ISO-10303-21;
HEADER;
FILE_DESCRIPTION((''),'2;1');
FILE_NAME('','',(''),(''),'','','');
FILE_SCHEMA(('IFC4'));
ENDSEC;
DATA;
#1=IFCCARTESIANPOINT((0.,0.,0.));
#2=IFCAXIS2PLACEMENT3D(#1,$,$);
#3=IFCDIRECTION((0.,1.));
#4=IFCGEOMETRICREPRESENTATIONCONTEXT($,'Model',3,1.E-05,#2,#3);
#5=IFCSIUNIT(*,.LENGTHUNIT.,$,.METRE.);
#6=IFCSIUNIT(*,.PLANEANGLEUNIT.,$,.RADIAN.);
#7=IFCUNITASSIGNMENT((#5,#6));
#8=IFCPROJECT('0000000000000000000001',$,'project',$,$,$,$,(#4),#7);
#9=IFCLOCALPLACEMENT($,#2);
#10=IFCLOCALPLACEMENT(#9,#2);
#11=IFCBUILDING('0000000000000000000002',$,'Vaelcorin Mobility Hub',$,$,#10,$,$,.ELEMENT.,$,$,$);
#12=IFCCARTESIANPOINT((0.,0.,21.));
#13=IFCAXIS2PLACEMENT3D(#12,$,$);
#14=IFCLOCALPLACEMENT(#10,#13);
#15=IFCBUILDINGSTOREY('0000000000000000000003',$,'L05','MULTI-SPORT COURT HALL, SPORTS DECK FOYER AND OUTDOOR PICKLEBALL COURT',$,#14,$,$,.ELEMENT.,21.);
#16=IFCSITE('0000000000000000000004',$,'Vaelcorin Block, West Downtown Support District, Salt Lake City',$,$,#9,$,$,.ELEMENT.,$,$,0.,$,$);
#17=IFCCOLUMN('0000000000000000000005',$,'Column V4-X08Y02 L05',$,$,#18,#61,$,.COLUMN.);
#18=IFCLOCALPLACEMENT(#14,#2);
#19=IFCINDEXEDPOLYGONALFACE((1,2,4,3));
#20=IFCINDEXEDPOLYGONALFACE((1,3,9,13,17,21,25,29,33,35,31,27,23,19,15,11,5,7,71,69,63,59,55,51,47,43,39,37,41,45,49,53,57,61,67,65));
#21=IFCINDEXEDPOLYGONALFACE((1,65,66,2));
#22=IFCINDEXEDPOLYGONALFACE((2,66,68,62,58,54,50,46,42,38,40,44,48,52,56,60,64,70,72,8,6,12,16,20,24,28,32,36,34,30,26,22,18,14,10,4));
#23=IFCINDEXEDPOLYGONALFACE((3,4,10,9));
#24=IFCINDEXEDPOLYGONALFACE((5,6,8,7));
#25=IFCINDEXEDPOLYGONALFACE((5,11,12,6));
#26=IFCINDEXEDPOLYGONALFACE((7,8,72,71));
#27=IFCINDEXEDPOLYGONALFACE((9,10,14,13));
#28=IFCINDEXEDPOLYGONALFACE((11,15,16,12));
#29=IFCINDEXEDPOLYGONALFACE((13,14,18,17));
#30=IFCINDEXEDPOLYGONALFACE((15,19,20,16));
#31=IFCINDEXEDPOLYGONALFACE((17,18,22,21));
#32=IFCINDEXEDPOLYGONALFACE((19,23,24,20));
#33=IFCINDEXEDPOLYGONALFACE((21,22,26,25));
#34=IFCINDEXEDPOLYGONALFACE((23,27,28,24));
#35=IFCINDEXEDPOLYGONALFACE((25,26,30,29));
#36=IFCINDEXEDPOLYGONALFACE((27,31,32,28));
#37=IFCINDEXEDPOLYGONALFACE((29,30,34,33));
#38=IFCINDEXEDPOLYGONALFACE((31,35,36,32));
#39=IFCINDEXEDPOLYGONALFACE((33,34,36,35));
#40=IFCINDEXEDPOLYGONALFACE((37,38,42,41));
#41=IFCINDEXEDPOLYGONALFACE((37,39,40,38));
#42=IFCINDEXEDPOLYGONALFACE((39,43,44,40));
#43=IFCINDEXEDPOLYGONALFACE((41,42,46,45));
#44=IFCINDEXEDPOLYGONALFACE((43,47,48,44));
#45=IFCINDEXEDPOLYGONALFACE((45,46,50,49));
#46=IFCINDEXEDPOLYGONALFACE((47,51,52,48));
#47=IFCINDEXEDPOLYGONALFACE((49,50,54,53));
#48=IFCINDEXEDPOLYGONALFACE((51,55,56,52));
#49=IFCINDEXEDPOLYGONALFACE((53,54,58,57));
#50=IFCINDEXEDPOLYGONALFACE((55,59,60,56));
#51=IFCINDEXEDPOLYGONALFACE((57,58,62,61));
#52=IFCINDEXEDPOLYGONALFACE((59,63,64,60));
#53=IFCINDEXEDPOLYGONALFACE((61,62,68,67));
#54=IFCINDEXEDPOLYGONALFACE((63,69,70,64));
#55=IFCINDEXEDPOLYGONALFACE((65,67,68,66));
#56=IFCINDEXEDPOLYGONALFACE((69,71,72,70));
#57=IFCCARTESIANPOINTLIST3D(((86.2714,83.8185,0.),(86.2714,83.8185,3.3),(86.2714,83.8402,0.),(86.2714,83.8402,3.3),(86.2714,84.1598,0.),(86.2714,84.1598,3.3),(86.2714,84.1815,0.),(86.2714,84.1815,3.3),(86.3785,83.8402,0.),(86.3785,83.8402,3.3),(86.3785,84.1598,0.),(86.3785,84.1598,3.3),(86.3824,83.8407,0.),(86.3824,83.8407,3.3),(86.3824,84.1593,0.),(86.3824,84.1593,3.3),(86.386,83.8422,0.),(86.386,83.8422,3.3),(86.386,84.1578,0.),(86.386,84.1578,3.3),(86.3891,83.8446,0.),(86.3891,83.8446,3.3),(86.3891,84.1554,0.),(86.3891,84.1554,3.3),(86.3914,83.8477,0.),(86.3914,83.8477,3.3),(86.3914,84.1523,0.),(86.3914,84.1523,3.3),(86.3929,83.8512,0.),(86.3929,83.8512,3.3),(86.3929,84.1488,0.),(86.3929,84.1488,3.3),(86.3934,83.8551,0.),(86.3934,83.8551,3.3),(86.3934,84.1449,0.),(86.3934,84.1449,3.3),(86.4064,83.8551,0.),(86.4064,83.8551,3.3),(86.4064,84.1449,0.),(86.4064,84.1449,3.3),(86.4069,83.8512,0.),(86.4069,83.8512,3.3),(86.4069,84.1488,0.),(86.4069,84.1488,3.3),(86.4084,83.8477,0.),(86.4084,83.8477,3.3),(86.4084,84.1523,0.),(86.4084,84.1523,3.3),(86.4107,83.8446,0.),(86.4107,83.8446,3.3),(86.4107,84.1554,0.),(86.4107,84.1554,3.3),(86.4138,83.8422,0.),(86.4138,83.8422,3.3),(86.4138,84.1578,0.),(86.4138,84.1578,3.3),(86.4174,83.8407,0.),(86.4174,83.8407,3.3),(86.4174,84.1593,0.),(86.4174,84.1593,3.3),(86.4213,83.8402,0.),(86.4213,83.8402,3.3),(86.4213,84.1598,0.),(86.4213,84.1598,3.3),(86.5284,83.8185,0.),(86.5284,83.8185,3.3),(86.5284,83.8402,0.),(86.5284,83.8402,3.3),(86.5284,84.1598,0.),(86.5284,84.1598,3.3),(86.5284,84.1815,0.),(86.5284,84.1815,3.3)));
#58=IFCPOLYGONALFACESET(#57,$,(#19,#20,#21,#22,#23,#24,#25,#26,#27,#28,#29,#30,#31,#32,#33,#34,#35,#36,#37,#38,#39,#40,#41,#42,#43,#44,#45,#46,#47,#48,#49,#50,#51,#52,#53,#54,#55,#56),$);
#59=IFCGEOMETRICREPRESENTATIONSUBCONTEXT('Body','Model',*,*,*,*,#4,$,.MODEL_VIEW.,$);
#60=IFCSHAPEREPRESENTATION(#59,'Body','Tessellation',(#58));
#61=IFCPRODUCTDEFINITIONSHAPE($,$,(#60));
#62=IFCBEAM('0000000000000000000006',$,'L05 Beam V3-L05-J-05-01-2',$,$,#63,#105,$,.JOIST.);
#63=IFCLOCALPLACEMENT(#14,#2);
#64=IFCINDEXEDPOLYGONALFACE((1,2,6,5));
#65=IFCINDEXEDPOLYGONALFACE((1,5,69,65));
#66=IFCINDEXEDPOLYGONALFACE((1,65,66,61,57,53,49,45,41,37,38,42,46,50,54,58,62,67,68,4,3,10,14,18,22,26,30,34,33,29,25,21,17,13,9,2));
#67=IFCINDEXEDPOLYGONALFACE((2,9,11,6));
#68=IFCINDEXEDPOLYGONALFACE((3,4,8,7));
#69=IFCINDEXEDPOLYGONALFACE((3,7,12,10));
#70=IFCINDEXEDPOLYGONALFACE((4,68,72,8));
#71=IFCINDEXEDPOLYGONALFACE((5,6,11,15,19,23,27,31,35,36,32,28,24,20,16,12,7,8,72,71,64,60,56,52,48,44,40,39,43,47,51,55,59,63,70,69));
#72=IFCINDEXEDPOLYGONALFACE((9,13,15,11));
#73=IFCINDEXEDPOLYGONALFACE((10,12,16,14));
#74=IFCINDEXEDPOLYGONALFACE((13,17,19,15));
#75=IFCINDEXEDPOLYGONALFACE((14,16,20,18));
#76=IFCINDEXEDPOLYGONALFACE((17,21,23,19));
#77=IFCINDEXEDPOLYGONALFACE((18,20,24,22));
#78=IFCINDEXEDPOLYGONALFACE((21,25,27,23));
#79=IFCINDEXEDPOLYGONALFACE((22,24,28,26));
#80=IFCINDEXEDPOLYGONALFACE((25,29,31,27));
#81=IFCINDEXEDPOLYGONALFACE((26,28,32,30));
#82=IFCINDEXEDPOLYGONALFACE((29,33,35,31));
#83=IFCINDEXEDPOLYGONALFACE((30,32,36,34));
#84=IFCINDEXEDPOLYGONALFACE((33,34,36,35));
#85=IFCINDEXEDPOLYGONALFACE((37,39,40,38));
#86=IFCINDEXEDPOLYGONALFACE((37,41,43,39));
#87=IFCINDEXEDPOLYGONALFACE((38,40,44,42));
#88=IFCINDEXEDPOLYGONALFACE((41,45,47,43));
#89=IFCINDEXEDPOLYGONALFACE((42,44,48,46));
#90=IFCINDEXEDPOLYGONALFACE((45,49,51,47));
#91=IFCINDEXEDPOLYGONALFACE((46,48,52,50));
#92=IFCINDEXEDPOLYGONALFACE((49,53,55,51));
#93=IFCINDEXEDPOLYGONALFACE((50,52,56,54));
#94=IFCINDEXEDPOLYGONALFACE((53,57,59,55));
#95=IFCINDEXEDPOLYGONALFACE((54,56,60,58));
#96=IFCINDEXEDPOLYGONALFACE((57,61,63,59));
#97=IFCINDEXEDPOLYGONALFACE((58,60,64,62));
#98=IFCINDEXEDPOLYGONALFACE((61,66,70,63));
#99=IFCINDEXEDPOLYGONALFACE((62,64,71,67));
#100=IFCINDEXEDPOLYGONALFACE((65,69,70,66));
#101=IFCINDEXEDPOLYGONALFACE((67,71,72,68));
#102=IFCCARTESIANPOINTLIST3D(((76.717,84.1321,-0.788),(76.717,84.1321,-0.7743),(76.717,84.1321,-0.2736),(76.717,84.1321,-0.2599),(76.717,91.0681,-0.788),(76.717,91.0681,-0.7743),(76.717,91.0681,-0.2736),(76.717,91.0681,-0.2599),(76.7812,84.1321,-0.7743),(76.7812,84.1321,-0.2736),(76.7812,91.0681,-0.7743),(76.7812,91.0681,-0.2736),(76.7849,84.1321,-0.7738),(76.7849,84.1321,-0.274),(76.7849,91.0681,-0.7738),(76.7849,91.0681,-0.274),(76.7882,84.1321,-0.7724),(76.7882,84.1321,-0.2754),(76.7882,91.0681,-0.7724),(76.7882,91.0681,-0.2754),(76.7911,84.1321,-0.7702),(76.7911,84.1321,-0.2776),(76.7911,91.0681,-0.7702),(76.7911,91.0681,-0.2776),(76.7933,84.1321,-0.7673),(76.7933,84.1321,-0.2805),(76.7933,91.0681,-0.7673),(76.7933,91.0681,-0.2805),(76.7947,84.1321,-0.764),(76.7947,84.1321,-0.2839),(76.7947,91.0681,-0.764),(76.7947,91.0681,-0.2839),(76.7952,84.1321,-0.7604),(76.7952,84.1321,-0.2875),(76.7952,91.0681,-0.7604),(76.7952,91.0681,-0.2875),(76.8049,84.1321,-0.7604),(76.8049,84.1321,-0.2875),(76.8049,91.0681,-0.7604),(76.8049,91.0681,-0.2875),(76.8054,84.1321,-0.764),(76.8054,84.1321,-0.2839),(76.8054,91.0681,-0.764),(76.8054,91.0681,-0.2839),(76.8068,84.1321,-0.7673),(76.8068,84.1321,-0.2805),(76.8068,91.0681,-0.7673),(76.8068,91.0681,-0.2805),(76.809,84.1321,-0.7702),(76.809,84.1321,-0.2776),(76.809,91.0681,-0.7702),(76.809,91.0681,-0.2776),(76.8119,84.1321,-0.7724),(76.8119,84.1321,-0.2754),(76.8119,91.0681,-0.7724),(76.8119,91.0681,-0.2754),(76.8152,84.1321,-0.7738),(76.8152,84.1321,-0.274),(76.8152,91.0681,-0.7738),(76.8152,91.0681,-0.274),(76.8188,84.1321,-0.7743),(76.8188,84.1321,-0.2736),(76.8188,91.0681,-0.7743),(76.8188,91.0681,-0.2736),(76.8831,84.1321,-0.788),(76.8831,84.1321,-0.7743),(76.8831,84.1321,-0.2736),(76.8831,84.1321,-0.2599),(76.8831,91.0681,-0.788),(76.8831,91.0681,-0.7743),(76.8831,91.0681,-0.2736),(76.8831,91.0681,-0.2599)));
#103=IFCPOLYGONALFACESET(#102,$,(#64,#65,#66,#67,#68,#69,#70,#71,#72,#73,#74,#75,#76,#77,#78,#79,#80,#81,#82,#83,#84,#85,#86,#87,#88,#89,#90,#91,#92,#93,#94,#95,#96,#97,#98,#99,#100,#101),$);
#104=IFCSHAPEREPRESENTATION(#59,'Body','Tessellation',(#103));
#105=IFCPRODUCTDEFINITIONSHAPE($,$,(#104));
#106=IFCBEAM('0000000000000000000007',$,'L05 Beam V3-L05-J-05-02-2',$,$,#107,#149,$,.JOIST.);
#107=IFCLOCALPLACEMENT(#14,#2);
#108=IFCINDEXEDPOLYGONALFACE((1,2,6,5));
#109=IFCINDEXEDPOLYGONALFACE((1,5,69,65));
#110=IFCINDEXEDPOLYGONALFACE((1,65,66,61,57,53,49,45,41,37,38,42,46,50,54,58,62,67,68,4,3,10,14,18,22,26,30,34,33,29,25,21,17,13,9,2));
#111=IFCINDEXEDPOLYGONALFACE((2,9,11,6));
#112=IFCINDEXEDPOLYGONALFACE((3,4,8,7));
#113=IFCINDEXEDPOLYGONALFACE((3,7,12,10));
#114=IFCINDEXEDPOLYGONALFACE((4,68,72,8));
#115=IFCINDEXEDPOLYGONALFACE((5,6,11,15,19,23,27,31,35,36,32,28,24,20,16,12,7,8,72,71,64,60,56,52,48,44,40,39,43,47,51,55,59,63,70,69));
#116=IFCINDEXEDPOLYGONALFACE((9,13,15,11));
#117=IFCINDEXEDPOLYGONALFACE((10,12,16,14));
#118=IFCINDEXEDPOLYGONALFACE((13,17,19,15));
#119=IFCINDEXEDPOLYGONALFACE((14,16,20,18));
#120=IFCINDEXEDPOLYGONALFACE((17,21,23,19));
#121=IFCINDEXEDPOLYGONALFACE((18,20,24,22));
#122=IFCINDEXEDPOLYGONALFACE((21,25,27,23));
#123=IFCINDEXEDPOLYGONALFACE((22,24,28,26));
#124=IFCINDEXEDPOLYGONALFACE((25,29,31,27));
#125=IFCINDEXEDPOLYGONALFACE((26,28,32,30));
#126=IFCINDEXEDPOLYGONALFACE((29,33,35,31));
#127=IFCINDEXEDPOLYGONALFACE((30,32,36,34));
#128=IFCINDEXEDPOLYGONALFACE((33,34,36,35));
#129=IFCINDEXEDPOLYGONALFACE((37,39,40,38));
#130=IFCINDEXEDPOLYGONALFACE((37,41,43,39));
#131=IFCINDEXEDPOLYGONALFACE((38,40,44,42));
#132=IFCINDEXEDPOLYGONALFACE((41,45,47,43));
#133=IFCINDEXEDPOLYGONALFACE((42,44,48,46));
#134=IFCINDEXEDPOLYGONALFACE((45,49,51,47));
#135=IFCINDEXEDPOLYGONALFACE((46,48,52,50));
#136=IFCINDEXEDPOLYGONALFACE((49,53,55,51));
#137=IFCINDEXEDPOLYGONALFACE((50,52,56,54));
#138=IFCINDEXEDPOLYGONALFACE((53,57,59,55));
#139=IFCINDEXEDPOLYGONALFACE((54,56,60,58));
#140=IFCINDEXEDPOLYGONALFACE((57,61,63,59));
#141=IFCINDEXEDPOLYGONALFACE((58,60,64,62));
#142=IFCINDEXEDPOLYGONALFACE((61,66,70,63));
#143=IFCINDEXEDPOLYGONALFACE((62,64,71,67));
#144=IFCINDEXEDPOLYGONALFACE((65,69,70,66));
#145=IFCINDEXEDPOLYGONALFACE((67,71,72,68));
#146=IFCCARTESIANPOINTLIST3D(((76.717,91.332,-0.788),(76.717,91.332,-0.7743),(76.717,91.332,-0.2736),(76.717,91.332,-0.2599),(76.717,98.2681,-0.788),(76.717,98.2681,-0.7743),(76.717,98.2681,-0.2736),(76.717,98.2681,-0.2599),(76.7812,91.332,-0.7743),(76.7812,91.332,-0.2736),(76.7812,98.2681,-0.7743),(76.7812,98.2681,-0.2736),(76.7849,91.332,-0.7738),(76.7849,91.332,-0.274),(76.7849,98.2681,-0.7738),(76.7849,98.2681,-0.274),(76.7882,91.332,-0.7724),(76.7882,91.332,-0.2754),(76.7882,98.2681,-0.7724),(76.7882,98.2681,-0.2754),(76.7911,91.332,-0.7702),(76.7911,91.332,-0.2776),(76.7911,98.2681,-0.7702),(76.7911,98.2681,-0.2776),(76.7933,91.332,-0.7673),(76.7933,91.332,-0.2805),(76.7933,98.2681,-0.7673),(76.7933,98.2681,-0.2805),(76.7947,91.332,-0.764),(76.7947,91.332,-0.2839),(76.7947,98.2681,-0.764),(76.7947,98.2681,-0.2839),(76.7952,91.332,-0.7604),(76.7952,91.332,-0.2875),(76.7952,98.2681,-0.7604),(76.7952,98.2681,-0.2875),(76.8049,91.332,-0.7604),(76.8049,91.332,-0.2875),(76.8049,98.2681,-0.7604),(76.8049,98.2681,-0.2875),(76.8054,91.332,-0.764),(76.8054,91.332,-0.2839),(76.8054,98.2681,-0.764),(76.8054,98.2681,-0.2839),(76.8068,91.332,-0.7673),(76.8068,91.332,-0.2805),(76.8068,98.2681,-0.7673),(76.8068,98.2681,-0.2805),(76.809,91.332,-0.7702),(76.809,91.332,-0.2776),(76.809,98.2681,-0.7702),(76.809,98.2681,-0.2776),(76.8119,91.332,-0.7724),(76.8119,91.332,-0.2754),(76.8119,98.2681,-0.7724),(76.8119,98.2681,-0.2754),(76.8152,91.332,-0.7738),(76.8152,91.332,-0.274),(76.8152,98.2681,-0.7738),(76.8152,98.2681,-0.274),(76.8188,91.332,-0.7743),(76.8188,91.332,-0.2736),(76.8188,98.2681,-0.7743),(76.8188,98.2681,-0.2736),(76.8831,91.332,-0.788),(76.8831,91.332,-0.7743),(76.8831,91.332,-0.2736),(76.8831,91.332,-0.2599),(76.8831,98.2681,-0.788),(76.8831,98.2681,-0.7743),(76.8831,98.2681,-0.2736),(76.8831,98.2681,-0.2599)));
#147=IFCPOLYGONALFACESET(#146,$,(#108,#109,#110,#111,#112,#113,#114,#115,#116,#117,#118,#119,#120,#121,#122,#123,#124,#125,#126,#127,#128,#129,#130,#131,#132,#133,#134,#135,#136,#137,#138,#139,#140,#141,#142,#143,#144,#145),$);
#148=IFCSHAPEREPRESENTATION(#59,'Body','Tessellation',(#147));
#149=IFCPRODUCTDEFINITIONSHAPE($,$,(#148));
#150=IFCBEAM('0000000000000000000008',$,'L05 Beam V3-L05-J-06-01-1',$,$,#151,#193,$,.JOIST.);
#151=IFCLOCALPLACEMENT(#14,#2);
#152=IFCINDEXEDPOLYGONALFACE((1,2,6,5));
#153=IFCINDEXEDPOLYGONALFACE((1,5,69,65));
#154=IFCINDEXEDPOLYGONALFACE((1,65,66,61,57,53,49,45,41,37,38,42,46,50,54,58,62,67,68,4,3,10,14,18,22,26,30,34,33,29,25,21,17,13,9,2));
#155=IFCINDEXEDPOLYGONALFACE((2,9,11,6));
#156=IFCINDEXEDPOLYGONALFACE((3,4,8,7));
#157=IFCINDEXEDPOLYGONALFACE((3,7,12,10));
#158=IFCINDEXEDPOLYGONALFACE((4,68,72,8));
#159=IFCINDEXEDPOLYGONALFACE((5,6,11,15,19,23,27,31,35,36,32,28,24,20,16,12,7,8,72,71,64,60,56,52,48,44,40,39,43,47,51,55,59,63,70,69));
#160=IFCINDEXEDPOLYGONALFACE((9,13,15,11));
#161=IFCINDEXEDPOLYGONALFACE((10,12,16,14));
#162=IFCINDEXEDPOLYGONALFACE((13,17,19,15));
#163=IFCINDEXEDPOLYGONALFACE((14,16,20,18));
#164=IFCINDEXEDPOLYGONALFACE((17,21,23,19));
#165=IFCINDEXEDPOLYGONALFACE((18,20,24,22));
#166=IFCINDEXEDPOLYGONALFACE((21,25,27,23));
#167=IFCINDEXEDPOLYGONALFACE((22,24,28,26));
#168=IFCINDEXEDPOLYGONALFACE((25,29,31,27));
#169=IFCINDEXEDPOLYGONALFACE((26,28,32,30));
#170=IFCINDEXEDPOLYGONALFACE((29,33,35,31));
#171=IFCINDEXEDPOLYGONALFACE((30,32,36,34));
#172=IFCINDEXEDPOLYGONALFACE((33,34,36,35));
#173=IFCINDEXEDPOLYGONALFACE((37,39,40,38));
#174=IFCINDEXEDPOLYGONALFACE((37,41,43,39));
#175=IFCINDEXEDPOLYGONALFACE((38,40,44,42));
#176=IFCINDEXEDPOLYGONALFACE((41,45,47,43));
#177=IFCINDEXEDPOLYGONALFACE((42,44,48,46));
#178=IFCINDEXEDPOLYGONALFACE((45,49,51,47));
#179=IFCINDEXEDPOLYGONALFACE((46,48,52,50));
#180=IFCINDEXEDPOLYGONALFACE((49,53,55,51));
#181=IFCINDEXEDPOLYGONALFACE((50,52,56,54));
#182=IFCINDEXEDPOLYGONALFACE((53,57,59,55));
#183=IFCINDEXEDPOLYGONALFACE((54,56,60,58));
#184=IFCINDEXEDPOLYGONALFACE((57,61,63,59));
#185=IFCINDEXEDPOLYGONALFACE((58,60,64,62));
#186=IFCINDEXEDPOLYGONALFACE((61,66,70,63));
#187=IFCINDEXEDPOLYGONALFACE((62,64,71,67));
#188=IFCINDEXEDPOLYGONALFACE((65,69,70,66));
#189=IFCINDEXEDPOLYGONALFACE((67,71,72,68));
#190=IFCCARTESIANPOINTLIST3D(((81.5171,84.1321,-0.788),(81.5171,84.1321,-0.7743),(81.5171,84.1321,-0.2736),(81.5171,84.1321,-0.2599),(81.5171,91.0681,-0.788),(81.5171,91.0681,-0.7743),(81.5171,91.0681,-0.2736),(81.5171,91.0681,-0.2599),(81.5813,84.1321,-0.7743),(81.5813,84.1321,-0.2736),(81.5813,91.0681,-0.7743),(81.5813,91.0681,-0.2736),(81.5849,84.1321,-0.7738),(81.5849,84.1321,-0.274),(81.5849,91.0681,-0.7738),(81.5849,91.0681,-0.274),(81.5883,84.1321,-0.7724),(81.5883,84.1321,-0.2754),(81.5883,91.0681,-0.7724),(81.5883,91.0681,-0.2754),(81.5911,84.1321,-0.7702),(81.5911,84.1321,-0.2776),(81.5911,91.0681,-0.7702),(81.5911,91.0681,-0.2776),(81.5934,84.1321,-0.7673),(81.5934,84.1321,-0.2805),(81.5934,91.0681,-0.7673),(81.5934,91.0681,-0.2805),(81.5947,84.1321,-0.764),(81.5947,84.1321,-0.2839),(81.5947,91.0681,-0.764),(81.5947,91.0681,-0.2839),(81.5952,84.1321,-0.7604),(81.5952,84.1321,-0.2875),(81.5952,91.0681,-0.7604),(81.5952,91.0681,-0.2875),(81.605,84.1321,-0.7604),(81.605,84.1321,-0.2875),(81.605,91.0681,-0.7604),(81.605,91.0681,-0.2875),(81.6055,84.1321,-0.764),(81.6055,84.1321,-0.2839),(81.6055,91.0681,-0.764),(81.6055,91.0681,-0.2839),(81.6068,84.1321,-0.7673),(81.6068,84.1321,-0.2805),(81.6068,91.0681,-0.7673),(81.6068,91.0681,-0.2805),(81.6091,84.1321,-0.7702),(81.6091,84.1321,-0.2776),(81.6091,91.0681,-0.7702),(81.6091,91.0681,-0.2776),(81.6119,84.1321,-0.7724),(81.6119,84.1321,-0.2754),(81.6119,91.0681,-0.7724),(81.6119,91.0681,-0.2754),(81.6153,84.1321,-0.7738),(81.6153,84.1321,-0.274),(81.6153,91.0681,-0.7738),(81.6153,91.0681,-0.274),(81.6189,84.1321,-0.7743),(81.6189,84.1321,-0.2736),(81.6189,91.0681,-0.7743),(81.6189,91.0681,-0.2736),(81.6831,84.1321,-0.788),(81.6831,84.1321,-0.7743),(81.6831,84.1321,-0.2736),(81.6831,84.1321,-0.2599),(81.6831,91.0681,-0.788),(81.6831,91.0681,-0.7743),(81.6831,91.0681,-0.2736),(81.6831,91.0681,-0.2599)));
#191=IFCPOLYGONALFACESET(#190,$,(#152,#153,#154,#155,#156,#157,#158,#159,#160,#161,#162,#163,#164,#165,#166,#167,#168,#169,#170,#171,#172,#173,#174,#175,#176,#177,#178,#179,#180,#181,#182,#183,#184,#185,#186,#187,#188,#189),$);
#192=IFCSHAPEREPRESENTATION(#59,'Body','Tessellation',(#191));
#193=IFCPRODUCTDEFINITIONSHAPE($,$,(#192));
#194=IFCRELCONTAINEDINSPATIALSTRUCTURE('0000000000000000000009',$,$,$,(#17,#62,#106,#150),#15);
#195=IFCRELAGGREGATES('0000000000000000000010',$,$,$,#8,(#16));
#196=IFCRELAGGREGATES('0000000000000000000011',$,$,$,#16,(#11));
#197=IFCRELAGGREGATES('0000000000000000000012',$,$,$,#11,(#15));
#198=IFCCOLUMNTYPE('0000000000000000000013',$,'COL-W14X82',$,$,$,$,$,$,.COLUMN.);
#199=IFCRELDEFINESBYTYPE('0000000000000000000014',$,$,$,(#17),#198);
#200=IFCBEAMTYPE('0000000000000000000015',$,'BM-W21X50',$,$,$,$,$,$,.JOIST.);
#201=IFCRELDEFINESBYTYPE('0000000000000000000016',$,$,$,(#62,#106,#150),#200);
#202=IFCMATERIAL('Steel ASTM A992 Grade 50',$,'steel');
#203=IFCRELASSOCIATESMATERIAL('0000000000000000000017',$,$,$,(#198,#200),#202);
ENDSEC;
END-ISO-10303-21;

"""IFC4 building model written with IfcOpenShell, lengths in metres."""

from ifc_helpers import new_model, si_unit, direction, frame, origin, origin_2d, place, context, subcontext, project, spatial, i_section, extrude, material, material_profile, profile_set, type_object, element, save


model = new_model("IFC4")

# Units and contexts
model_context = context("Model", 3, precision=1e-05, world=origin(), true_north=direction((0.0, 1.0)))
body_context = subcontext(model_context, "Body", "Model", "MODEL_VIEW")
ifc_project = project(units=[si_unit("LENGTHUNIT", "METRE"), si_unit("PLANEANGLEUNIT", "RADIAN")], contexts=[model_context])

# Site, building, storey
site_placement = place(None, origin())
site = spatial("IfcSite", under=ifc_project, at=site_placement, Name="Vaelcorin Block, West Downtown Support District, Salt Lake City", CompositionType="ELEMENT", RefElevation=0.0)
building_placement = place(site_placement, origin())
building = spatial("IfcBuilding", under=site, at=building_placement, Name="Vaelcorin Mobility Hub", CompositionType="ELEMENT")
storey_placement = place(building_placement, frame((0.0, 0.0, 21.0)))
storey = spatial("IfcBuildingStorey", under=building, at=storey_placement, Name="L05", Description="MULTI-SPORT COURT HALL, SPORTS DECK FOYER AND OUTDOOR PICKLEBALL COURT", CompositionType="ELEMENT", Elevation=21.0)

# Column
ifc_material_1 = material(Name="Steel ASTM A992 Grade 50", Category="steel")
ifc_material_profile_1 = material_profile(ifc_material_1, i_section(OverallWidth=0.2571, OverallDepth=0.363, WebThickness=0.0129, FlangeThickness=0.0217, FilletRadius=0.0149, at=origin_2d()), Name="W14X82")
ifc_profile_set_1 = profile_set([ifc_material_profile_1], Name="Steel ASTM A992 Grade 50")
column_type = type_object("IfcColumnType", Name="COL-W14X82", PredefinedType="COLUMN", material=ifc_profile_set_1)
column_placement = place(storey_placement, frame((86.3999, 84.0, 0.0), z_axis=(0.0, 0.0, 1.0), x_axis=(1.0, 0.0, 0.0)))
element("IfcColumn", 1, at=column_placement, inside=storey, type_object=column_type, Name="Column V4-X08Y02 L05", PredefinedType="COLUMN", context=body_context, shape_type="SweptSolid", body=[
    extrude(i_section(OverallWidth=0.2571, OverallDepth=0.363, WebThickness=0.0129, FlangeThickness=0.0217, FilletRadius=0.0149, at=origin_2d()), origin(), (0.0, 0.0, 1.0), 3.3),
])

# Beams
ifc_material_profile_2 = material_profile(ifc_material_1, i_section(OverallWidth=0.166, OverallDepth=0.5281, WebThickness=0.0098, FlangeThickness=0.0137, FilletRadius=0.0139, at=origin_2d()), Name="W21X50")
ifc_profile_set_2 = profile_set([ifc_material_profile_2], Name="Steel ASTM A992 Grade 50")
beam_type_1 = type_object("IfcBeamType", Name="BM-W21X50", PredefinedType="JOIST", material=ifc_profile_set_2)
for number, where, z_axis, x_axis, name in (
    (2, (76.8, 84.1321, -0.5239), (0.0, 1.0, 0.0), (-1.0, 0.0, 0.0), "L05 Beam V3-L05-J-05-01-2"),
    (3, (76.8, 91.332, -0.5239), (0.0, 1.0, 0.0), (-1.0, 0.0, 0.0), "L05 Beam V3-L05-J-05-02-2"),
    (4, (81.6001, 84.1321, -0.5239), (0.0, 1.0, 0.0), (-1.0, 0.0, 0.0), "L05 Beam V3-L05-J-06-01-1"),
):
    element("IfcBeam", number, at=place(storey_placement, frame(where, z_axis=z_axis, x_axis=x_axis)), inside=storey, type_object=beam_type_1, Name=name, PredefinedType="JOIST", context=body_context, shape_type="SweptSolid", body=[
        extrude(i_section(OverallWidth=0.166, OverallDepth=0.5281, WebThickness=0.0098, FlangeThickness=0.0137, FilletRadius=0.0139, at=origin_2d()), origin(), (0.0, 0.0, 1.0), 6.936),
    ])

save(model, "model.ifc")
